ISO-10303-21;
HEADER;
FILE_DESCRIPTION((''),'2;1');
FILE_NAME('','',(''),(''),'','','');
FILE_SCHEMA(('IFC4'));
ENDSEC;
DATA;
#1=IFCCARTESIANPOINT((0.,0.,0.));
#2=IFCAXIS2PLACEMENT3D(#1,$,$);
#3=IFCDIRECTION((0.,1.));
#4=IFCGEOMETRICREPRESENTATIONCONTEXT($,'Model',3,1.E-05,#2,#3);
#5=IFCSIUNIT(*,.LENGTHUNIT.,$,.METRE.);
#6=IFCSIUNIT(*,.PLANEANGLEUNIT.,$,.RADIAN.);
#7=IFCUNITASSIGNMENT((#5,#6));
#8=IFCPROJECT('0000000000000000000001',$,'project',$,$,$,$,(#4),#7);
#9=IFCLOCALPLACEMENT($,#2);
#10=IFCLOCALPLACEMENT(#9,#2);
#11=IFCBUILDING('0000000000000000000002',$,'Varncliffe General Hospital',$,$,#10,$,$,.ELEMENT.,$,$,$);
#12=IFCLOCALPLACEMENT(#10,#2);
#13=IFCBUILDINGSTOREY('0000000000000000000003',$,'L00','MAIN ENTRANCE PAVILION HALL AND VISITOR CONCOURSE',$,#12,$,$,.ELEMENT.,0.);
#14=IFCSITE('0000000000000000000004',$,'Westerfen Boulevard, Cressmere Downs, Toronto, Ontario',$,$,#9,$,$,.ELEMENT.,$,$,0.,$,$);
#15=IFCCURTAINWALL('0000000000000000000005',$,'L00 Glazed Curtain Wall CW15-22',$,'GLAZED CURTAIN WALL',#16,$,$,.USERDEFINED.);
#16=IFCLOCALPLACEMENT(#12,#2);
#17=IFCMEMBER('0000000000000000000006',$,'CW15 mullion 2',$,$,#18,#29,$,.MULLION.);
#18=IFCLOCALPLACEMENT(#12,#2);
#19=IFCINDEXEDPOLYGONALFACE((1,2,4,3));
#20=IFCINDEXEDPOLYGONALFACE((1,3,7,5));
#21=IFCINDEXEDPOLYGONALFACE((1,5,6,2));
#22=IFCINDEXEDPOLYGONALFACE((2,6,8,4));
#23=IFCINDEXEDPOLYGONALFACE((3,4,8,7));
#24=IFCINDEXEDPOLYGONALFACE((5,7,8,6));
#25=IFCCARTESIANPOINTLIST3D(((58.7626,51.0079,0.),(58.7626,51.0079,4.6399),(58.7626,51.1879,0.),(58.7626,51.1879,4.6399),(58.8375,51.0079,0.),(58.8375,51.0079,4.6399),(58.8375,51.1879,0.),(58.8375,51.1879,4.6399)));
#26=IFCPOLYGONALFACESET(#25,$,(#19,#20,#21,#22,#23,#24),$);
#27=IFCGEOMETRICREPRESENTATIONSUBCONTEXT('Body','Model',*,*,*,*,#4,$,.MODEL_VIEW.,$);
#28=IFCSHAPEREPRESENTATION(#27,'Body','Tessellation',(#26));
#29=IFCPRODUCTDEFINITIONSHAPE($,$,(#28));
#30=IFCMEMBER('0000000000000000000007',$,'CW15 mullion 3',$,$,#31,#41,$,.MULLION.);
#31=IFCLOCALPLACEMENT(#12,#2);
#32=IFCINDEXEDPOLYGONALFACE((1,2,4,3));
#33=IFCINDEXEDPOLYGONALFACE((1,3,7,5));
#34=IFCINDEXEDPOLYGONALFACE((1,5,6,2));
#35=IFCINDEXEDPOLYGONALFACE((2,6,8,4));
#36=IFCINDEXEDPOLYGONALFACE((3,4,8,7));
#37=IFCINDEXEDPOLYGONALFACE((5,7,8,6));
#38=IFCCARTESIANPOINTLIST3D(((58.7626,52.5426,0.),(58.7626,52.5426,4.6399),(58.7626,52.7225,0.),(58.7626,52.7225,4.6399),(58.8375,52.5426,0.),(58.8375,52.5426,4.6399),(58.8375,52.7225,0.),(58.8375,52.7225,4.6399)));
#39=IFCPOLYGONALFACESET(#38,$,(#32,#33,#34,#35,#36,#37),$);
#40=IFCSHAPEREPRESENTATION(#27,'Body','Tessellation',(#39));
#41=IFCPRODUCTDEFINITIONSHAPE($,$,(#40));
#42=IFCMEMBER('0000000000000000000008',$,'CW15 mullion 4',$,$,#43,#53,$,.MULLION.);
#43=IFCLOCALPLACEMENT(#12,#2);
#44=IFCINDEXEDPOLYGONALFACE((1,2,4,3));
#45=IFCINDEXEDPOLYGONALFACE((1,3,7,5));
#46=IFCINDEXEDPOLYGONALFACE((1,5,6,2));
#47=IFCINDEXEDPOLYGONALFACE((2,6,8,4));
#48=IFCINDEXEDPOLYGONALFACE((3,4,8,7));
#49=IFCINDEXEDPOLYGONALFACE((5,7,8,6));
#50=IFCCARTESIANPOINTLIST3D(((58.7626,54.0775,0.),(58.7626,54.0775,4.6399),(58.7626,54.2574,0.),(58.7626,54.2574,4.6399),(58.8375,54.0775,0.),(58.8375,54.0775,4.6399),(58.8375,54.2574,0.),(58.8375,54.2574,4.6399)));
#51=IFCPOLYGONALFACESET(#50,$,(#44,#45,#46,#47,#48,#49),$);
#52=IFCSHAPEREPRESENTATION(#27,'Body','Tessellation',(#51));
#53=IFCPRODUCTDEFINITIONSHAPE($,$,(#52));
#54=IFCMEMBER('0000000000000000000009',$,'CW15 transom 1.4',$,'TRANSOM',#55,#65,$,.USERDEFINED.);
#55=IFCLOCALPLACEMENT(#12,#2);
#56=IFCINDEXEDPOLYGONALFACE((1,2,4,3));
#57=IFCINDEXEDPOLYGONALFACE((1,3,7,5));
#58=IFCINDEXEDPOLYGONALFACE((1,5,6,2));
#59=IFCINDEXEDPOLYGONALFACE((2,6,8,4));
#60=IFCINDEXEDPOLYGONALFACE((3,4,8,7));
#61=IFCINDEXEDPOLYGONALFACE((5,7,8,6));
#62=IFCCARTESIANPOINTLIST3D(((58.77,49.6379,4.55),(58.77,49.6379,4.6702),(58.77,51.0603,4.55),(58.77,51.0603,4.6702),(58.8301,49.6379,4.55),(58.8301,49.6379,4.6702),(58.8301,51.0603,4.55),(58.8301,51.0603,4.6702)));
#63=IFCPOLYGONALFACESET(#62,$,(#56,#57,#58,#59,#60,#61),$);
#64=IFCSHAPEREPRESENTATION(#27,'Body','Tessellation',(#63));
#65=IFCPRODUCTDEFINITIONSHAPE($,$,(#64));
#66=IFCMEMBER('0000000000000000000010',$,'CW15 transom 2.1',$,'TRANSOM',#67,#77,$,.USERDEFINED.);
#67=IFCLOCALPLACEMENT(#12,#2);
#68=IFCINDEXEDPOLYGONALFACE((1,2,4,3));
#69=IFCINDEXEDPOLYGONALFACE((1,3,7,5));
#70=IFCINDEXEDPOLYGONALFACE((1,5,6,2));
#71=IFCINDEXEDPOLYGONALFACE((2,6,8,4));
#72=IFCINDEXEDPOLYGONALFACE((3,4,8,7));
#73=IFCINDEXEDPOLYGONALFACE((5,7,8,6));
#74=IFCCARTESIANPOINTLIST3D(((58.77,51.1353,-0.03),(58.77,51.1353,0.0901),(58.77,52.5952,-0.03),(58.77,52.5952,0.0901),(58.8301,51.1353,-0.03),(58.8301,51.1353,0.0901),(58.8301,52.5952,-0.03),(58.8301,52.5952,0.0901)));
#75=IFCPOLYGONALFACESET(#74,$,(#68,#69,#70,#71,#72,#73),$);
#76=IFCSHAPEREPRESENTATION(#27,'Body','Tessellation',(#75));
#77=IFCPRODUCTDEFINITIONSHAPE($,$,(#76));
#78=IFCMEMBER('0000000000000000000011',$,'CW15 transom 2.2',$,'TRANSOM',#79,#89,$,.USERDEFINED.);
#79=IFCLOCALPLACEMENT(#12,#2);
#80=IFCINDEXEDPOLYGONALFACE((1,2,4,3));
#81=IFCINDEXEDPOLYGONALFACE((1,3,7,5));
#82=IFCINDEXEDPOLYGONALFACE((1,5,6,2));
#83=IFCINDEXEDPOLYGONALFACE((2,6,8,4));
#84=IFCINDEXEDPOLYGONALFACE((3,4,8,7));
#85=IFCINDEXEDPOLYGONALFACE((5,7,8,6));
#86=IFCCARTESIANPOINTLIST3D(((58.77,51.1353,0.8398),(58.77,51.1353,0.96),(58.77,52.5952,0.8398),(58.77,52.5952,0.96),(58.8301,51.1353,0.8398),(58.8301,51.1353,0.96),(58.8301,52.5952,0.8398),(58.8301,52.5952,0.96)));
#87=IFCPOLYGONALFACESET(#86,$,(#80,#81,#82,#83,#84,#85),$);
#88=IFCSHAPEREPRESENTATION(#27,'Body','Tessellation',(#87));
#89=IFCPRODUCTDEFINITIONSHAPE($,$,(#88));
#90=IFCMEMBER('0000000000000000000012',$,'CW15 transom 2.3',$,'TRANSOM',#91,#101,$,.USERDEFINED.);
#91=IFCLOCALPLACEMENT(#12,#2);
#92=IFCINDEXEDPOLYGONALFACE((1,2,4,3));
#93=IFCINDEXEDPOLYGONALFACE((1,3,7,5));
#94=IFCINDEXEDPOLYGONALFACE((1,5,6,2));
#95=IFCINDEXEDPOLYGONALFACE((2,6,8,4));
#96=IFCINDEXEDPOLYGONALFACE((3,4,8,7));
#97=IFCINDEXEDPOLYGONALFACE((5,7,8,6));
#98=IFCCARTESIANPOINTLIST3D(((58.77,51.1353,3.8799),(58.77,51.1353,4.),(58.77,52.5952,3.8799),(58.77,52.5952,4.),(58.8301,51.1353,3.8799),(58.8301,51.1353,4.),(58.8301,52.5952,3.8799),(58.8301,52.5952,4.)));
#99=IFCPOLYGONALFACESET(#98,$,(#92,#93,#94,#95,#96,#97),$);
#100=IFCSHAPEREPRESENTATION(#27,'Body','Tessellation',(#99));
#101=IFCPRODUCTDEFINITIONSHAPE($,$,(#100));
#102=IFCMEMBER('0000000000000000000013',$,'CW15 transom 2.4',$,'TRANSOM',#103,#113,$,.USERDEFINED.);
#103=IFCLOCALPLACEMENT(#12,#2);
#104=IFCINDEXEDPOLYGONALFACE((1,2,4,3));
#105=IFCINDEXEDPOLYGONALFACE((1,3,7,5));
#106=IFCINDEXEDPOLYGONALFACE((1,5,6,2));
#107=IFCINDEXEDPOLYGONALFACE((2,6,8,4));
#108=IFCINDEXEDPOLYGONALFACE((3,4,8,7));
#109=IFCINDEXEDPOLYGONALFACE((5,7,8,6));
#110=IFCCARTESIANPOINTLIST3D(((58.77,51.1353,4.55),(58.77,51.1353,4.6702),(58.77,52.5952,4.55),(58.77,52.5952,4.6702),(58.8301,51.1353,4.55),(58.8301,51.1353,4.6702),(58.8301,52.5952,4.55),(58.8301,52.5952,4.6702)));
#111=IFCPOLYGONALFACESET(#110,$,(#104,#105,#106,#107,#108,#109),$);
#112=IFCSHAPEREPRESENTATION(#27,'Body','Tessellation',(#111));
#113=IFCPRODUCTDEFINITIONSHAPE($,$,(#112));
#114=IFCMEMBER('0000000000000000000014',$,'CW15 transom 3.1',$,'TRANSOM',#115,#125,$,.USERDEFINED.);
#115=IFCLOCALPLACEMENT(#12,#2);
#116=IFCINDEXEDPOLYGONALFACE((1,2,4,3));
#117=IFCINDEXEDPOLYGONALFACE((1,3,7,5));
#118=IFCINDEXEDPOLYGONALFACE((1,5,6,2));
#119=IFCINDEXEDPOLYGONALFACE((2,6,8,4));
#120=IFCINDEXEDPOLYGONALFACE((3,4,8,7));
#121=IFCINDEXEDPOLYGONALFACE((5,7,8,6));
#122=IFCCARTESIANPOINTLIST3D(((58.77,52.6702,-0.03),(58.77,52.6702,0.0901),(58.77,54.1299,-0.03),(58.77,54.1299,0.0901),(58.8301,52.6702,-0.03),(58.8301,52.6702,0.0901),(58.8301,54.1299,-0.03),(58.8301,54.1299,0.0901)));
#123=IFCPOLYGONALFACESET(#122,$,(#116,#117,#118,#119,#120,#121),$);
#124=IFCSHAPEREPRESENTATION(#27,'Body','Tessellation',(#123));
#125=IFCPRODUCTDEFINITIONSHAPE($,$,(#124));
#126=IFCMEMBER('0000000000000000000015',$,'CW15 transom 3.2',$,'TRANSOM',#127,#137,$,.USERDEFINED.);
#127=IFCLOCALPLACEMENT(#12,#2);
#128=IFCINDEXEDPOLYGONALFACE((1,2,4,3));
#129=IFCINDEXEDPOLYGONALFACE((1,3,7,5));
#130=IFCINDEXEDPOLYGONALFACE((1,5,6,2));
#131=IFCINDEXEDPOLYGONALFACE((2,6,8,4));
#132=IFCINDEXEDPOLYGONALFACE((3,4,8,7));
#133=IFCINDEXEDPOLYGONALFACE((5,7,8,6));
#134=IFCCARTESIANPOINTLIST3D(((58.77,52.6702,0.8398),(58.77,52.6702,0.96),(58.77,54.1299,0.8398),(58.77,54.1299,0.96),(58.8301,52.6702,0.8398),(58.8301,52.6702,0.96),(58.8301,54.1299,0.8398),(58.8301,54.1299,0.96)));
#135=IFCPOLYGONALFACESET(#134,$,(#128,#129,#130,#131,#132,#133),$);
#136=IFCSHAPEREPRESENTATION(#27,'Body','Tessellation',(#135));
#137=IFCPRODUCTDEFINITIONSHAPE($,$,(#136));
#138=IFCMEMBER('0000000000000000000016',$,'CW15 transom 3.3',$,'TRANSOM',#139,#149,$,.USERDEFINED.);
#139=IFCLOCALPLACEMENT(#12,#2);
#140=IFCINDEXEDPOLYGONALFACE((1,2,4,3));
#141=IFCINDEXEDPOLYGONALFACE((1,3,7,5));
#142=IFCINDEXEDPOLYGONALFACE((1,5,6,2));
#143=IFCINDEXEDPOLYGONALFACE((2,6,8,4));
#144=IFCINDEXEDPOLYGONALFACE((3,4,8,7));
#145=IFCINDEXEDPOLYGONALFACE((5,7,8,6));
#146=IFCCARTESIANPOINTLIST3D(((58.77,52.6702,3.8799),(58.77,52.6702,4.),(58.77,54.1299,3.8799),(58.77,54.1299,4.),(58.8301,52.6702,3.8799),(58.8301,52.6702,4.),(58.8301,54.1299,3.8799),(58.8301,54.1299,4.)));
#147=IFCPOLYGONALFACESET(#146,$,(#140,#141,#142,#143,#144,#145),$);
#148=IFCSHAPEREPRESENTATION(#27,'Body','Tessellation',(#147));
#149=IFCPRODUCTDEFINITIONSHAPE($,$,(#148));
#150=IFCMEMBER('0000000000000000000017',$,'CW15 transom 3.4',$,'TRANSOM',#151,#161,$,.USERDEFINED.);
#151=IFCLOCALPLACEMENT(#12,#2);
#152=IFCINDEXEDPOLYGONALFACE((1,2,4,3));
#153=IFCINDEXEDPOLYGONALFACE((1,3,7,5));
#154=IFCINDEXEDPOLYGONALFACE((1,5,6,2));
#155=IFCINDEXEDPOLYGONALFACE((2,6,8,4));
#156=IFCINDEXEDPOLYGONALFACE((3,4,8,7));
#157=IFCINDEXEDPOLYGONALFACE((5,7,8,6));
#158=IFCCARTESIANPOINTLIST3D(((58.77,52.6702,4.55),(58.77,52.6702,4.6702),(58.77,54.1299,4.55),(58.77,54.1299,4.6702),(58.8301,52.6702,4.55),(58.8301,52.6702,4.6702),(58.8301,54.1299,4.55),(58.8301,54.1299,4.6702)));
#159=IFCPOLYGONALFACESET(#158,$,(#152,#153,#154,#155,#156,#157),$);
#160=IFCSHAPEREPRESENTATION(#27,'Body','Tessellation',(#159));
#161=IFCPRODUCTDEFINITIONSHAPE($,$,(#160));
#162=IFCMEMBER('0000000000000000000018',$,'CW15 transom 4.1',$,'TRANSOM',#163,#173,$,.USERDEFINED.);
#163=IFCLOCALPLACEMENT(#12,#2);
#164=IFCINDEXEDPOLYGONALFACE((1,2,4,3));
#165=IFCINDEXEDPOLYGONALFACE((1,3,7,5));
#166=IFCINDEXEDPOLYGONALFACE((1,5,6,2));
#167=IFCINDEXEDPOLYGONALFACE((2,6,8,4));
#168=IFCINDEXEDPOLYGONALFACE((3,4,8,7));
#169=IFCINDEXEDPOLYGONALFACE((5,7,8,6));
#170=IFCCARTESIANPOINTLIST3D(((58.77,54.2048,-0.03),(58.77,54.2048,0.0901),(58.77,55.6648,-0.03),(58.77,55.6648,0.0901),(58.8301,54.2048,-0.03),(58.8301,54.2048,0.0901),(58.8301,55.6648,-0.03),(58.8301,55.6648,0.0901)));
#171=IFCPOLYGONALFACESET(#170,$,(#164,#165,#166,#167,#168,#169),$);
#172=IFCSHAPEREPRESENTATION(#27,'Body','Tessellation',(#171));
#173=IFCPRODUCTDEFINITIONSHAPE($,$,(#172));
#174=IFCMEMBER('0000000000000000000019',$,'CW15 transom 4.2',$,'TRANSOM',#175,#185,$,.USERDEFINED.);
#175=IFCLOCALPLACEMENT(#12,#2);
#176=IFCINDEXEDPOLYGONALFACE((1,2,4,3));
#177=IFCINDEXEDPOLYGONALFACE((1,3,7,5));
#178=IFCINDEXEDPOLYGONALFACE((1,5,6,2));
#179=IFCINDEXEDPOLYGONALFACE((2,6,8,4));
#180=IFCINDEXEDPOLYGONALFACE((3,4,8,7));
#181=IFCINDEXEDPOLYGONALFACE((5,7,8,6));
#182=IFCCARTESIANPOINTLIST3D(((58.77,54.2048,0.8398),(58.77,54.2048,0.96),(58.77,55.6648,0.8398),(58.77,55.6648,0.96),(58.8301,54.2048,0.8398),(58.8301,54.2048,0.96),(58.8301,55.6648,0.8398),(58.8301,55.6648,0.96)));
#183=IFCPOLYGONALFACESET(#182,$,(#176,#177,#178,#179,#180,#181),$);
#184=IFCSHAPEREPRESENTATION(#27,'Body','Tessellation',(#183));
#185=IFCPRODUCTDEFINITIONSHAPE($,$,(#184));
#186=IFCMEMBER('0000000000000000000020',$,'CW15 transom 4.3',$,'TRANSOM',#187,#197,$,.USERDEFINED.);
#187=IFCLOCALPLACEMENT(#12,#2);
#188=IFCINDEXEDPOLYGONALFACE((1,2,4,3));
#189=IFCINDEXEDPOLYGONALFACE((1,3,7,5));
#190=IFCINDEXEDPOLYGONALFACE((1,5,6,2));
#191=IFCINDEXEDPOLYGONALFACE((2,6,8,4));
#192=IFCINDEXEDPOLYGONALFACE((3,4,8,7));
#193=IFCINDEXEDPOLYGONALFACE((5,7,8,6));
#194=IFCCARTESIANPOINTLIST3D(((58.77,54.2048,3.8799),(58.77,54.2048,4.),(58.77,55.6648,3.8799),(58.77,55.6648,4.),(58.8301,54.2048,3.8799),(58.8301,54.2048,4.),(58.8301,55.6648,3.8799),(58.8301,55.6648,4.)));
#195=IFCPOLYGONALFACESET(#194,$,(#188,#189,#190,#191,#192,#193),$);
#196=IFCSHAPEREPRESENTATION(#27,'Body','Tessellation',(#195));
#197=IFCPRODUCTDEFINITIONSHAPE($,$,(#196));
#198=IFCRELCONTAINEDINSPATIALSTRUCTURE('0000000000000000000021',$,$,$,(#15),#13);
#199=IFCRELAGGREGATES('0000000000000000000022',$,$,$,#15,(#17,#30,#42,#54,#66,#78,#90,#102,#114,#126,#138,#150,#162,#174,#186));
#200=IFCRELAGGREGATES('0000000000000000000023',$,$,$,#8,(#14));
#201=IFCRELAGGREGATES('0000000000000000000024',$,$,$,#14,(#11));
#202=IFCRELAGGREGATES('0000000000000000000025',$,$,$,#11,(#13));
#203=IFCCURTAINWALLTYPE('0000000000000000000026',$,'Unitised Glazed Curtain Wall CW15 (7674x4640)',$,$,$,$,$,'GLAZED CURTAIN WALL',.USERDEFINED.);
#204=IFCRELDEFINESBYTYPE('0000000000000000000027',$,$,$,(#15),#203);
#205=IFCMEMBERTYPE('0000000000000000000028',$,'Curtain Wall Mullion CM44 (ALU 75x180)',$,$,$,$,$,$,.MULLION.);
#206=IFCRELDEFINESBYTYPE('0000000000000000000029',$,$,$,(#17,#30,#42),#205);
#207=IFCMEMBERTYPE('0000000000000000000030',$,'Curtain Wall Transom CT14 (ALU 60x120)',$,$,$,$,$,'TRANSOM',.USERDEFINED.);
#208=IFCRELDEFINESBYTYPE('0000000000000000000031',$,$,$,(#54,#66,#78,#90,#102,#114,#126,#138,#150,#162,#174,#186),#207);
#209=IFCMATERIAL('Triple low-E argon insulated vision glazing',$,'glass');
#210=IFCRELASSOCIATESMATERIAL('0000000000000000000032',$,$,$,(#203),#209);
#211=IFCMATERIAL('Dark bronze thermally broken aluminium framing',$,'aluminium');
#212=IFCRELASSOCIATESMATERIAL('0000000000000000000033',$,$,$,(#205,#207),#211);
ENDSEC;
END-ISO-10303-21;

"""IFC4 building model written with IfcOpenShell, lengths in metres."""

from ifc_helpers import new_model, si_unit, direction, frame, origin, origin_2d, place, context, subcontext, project, spatial, rectangle, extrude, material, material_profile, profile_set, type_object, element, aggregate, save


model = new_model("IFC4")

# Units and contexts
model_context = context("Model", 3, precision=1e-05, world=origin(), true_north=direction((0.0, 1.0)))
body_context = subcontext(model_context, "Body", "Model", "MODEL_VIEW")
ifc_project = project(units=[si_unit("LENGTHUNIT", "METRE"), si_unit("PLANEANGLEUNIT", "RADIAN")], contexts=[model_context])

# Site, building, storey
site_placement = place(None, origin())
site = spatial("IfcSite", under=ifc_project, at=site_placement, Name="Westerfen Boulevard, Cressmere Downs, Toronto, Ontario", CompositionType="ELEMENT", RefElevation=0.0)
building_placement = place(site_placement, origin())
building = spatial("IfcBuilding", under=site, at=building_placement, Name="Varncliffe General Hospital", CompositionType="ELEMENT")
storey_placement = place(building_placement, origin())
storey = spatial("IfcBuildingStorey", under=building, at=storey_placement, Name="L00", Description="MAIN ENTRANCE PAVILION HALL AND VISITOR CONCOURSE", CompositionType="ELEMENT", Elevation=0.0)

# Curtain wall, members
ifc_material_1 = material(Name="Triple low-E argon insulated vision glazing", Category="glass")
curtain_wall_type = type_object("IfcCurtainWallType", Name="Unitised Glazed Curtain Wall CW15 (7674x4640)", ElementType="GLAZED CURTAIN WALL", PredefinedType="USERDEFINED", material=ifc_material_1)
curtain_wall_placement = place(storey_placement, origin())
curtain_wall = element("IfcCurtainWall", 1, at=curtain_wall_placement, inside=storey, type_object=curtain_wall_type, Name="L00 Glazed Curtain Wall CW15-22", ObjectType="GLAZED CURTAIN WALL", PredefinedType="USERDEFINED")
ifc_material_2 = material(Name="Dark bronze thermally broken aluminium framing", Category="aluminium")
ifc_material_profile_1 = material_profile(ifc_material_2, rectangle(XDim=0.075, YDim=0.1799, at=origin_2d()), Name="ALU 75x180")
ifc_profile_set_1 = profile_set([ifc_material_profile_1], Name="Dark bronze thermally broken aluminium framing")
member_type_1 = type_object("IfcMemberType", Name="Curtain Wall Mullion CM44 (ALU 75x180)", PredefinedType="MULLION", material=ifc_profile_set_1)
member_1_placement = place(storey_placement, frame((58.8, 51.0979, 0.0), z_axis=(0.0, 0.0, 1.0), x_axis=(-1.0, 0.0, 0.0)))
member_1 = element("IfcMember", 2, at=member_1_placement, type_object=member_type_1, Name="CW15 mullion 2", PredefinedType="MULLION", context=body_context, shape_type="SweptSolid", body=[
    extrude(rectangle(XDim=0.075, YDim=0.1799, at=origin_2d()), origin(), (0.0, 0.0, 1.0), 4.6399),
])
member_2_placement = place(storey_placement, frame((58.8, 52.6326, 0.0), z_axis=(0.0, 0.0, 1.0), x_axis=(-1.0, 0.0, 0.0)))
member_2 = element("IfcMember", 3, at=member_2_placement, type_object=member_type_1, Name="CW15 mullion 3", PredefinedType="MULLION", context=body_context, shape_type="SweptSolid", body=[
    extrude(rectangle(XDim=0.075, YDim=0.1799, at=origin_2d()), origin(), (0.0, 0.0, 1.0), 4.6399),
])
member_3_placement = place(storey_placement, frame((58.8, 54.1675, 0.0), z_axis=(0.0, 0.0, 1.0), x_axis=(-1.0, 0.0, 0.0)))
member_3 = element("IfcMember", 4, at=member_3_placement, type_object=member_type_1, Name="CW15 mullion 4", PredefinedType="MULLION", context=body_context, shape_type="SweptSolid", body=[
    extrude(rectangle(XDim=0.075, YDim=0.1799, at=origin_2d()), origin(), (0.0, 0.0, 1.0), 4.6399),
])
ifc_material_profile_2 = material_profile(ifc_material_2, rectangle(XDim=0.0601, YDim=0.1201, at=origin_2d()), Name="ALU 60x120")
ifc_profile_set_2 = profile_set([ifc_material_profile_2], Name="Dark bronze thermally broken aluminium framing")
member_type_2 = type_object("IfcMemberType", Name="Curtain Wall Transom CT14 (ALU 60x120)", ElementType="TRANSOM", PredefinedType="USERDEFINED", material=ifc_profile_set_2)
member_4_placement = place(storey_placement, frame((58.8, 49.6379, 4.6101), z_axis=(0.0, 1.0, 0.0), x_axis=(-1.0, 0.0, 0.0)))
member_4 = element("IfcMember", 5, at=member_4_placement, type_object=member_type_2, Name="CW15 transom 1.4", ObjectType="TRANSOM", PredefinedType="USERDEFINED", context=body_context, shape_type="SweptSolid", body=[
    extrude(rectangle(XDim=0.0601, YDim=0.1201, at=origin_2d()), origin(), (0.0, 0.0, 1.0), 1.4224),
])
member_5_placement = place(storey_placement, frame((58.8, 51.1353, 0.03), z_axis=(0.0, 1.0, 0.0), x_axis=(-1.0, 0.0, 0.0)))
member_5 = element("IfcMember", 6, at=member_5_placement, type_object=member_type_2, Name="CW15 transom 2.1", ObjectType="TRANSOM", PredefinedType="USERDEFINED", context=body_context, shape_type="SweptSolid", body=[
    extrude(rectangle(XDim=0.0601, YDim=0.1201, at=origin_2d()), origin(), (0.0, 0.0, 1.0), 1.46),
])
member_6_placement = place(storey_placement, frame((58.8, 51.1353, 0.8999), z_axis=(0.0, 1.0, 0.0), x_axis=(-1.0, 0.0, 0.0)))
member_6 = element("IfcMember", 7, at=member_6_placement, type_object=member_type_2, Name="CW15 transom 2.2", ObjectType="TRANSOM", PredefinedType="USERDEFINED", context=body_context, shape_type="SweptSolid", body=[
    extrude(rectangle(XDim=0.0601, YDim=0.1201, at=origin_2d()), origin(), (0.0, 0.0, 1.0), 1.46),
])
member_7_placement = place(storey_placement, frame((58.8, 51.1353, 3.9399), z_axis=(0.0, 1.0, 0.0), x_axis=(-1.0, 0.0, 0.0)))
member_7 = element("IfcMember", 8, at=member_7_placement, type_object=member_type_2, Name="CW15 transom 2.3", ObjectType="TRANSOM", PredefinedType="USERDEFINED", context=body_context, shape_type="SweptSolid", body=[
    extrude(rectangle(XDim=0.0601, YDim=0.1201, at=origin_2d()), origin(), (0.0, 0.0, 1.0), 1.46),
])
member_8_placement = place(storey_placement, frame((58.8, 51.1353, 4.6101), z_axis=(0.0, 1.0, 0.0), x_axis=(-1.0, 0.0, 0.0)))
member_8 = element("IfcMember", 9, at=member_8_placement, type_object=member_type_2, Name="CW15 transom 2.4", ObjectType="TRANSOM", PredefinedType="USERDEFINED", context=body_context, shape_type="SweptSolid", body=[
    extrude(rectangle(XDim=0.0601, YDim=0.1201, at=origin_2d()), origin(), (0.0, 0.0, 1.0), 1.46),
])
member_9_placement = place(storey_placement, frame((58.8, 52.6702, 0.03), z_axis=(0.0, 1.0, 0.0), x_axis=(-1.0, 0.0, 0.0)))
member_9 = element("IfcMember", 10, at=member_9_placement, type_object=member_type_2, Name="CW15 transom 3.1", ObjectType="TRANSOM", PredefinedType="USERDEFINED", context=body_context, shape_type="SweptSolid", body=[
    extrude(rectangle(XDim=0.0601, YDim=0.1201, at=origin_2d()), origin(), (0.0, 0.0, 1.0), 1.4597),
])
member_10_placement = place(storey_placement, frame((58.8, 52.6702, 0.8999), z_axis=(0.0, 1.0, 0.0), x_axis=(-1.0, 0.0, 0.0)))
member_10 = element("IfcMember", 11, at=member_10_placement, type_object=member_type_2, Name="CW15 transom 3.2", ObjectType="TRANSOM", PredefinedType="USERDEFINED", context=body_context, shape_type="SweptSolid", body=[
    extrude(rectangle(XDim=0.0601, YDim=0.1201, at=origin_2d()), origin(), (0.0, 0.0, 1.0), 1.4597),
])
member_11_placement = place(storey_placement, frame((58.8, 52.6702, 3.9399), z_axis=(0.0, 1.0, 0.0), x_axis=(-1.0, 0.0, 0.0)))
member_11 = element("IfcMember", 12, at=member_11_placement, type_object=member_type_2, Name="CW15 transom 3.3", ObjectType="TRANSOM", PredefinedType="USERDEFINED", context=body_context, shape_type="SweptSolid", body=[
    extrude(rectangle(XDim=0.0601, YDim=0.1201, at=origin_2d()), origin(), (0.0, 0.0, 1.0), 1.4597),
])
member_12_placement = place(storey_placement, frame((58.8, 52.6702, 4.6101), z_axis=(0.0, 1.0, 0.0), x_axis=(-1.0, 0.0, 0.0)))
member_12 = element("IfcMember", 13, at=member_12_placement, type_object=member_type_2, Name="CW15 transom 3.4", ObjectType="TRANSOM", PredefinedType="USERDEFINED", context=body_context, shape_type="SweptSolid", body=[
    extrude(rectangle(XDim=0.0601, YDim=0.1201, at=origin_2d()), origin(), (0.0, 0.0, 1.0), 1.4597),
])
member_13_placement = place(storey_placement, frame((58.8, 54.2048, 0.03), z_axis=(0.0, 1.0, 0.0), x_axis=(-1.0, 0.0, 0.0)))
member_13 = element("IfcMember", 14, at=member_13_placement, type_object=member_type_2, Name="CW15 transom 4.1", ObjectType="TRANSOM", PredefinedType="USERDEFINED", context=body_context, shape_type="SweptSolid", body=[
    extrude(rectangle(XDim=0.0601, YDim=0.1201, at=origin_2d()), origin(), (0.0, 0.0, 1.0), 1.46),
])
member_14_placement = place(storey_placement, frame((58.8, 54.2048, 0.8999), z_axis=(0.0, 1.0, 0.0), x_axis=(-1.0, 0.0, 0.0)))
member_14 = element("IfcMember", 15, at=member_14_placement, type_object=member_type_2, Name="CW15 transom 4.2", ObjectType="TRANSOM", PredefinedType="USERDEFINED", context=body_context, shape_type="SweptSolid", body=[
    extrude(rectangle(XDim=0.0601, YDim=0.1201, at=origin_2d()), origin(), (0.0, 0.0, 1.0), 1.46),
])
member_15_placement = place(storey_placement, frame((58.8, 54.2048, 3.9399), z_axis=(0.0, 1.0, 0.0), x_axis=(-1.0, 0.0, 0.0)))
member_15 = element("IfcMember", 16, at=member_15_placement, type_object=member_type_2, Name="CW15 transom 4.3", ObjectType="TRANSOM", PredefinedType="USERDEFINED", context=body_context, shape_type="SweptSolid", body=[
    extrude(rectangle(XDim=0.0601, YDim=0.1201, at=origin_2d()), origin(), (0.0, 0.0, 1.0), 1.46),
])
aggregate(curtain_wall, [member_1, member_2, member_3, member_4, member_5, member_6, member_7, member_8, member_9, member_10, member_11, member_12, member_13, member_14, member_15])

save(model, "model.ifc")
